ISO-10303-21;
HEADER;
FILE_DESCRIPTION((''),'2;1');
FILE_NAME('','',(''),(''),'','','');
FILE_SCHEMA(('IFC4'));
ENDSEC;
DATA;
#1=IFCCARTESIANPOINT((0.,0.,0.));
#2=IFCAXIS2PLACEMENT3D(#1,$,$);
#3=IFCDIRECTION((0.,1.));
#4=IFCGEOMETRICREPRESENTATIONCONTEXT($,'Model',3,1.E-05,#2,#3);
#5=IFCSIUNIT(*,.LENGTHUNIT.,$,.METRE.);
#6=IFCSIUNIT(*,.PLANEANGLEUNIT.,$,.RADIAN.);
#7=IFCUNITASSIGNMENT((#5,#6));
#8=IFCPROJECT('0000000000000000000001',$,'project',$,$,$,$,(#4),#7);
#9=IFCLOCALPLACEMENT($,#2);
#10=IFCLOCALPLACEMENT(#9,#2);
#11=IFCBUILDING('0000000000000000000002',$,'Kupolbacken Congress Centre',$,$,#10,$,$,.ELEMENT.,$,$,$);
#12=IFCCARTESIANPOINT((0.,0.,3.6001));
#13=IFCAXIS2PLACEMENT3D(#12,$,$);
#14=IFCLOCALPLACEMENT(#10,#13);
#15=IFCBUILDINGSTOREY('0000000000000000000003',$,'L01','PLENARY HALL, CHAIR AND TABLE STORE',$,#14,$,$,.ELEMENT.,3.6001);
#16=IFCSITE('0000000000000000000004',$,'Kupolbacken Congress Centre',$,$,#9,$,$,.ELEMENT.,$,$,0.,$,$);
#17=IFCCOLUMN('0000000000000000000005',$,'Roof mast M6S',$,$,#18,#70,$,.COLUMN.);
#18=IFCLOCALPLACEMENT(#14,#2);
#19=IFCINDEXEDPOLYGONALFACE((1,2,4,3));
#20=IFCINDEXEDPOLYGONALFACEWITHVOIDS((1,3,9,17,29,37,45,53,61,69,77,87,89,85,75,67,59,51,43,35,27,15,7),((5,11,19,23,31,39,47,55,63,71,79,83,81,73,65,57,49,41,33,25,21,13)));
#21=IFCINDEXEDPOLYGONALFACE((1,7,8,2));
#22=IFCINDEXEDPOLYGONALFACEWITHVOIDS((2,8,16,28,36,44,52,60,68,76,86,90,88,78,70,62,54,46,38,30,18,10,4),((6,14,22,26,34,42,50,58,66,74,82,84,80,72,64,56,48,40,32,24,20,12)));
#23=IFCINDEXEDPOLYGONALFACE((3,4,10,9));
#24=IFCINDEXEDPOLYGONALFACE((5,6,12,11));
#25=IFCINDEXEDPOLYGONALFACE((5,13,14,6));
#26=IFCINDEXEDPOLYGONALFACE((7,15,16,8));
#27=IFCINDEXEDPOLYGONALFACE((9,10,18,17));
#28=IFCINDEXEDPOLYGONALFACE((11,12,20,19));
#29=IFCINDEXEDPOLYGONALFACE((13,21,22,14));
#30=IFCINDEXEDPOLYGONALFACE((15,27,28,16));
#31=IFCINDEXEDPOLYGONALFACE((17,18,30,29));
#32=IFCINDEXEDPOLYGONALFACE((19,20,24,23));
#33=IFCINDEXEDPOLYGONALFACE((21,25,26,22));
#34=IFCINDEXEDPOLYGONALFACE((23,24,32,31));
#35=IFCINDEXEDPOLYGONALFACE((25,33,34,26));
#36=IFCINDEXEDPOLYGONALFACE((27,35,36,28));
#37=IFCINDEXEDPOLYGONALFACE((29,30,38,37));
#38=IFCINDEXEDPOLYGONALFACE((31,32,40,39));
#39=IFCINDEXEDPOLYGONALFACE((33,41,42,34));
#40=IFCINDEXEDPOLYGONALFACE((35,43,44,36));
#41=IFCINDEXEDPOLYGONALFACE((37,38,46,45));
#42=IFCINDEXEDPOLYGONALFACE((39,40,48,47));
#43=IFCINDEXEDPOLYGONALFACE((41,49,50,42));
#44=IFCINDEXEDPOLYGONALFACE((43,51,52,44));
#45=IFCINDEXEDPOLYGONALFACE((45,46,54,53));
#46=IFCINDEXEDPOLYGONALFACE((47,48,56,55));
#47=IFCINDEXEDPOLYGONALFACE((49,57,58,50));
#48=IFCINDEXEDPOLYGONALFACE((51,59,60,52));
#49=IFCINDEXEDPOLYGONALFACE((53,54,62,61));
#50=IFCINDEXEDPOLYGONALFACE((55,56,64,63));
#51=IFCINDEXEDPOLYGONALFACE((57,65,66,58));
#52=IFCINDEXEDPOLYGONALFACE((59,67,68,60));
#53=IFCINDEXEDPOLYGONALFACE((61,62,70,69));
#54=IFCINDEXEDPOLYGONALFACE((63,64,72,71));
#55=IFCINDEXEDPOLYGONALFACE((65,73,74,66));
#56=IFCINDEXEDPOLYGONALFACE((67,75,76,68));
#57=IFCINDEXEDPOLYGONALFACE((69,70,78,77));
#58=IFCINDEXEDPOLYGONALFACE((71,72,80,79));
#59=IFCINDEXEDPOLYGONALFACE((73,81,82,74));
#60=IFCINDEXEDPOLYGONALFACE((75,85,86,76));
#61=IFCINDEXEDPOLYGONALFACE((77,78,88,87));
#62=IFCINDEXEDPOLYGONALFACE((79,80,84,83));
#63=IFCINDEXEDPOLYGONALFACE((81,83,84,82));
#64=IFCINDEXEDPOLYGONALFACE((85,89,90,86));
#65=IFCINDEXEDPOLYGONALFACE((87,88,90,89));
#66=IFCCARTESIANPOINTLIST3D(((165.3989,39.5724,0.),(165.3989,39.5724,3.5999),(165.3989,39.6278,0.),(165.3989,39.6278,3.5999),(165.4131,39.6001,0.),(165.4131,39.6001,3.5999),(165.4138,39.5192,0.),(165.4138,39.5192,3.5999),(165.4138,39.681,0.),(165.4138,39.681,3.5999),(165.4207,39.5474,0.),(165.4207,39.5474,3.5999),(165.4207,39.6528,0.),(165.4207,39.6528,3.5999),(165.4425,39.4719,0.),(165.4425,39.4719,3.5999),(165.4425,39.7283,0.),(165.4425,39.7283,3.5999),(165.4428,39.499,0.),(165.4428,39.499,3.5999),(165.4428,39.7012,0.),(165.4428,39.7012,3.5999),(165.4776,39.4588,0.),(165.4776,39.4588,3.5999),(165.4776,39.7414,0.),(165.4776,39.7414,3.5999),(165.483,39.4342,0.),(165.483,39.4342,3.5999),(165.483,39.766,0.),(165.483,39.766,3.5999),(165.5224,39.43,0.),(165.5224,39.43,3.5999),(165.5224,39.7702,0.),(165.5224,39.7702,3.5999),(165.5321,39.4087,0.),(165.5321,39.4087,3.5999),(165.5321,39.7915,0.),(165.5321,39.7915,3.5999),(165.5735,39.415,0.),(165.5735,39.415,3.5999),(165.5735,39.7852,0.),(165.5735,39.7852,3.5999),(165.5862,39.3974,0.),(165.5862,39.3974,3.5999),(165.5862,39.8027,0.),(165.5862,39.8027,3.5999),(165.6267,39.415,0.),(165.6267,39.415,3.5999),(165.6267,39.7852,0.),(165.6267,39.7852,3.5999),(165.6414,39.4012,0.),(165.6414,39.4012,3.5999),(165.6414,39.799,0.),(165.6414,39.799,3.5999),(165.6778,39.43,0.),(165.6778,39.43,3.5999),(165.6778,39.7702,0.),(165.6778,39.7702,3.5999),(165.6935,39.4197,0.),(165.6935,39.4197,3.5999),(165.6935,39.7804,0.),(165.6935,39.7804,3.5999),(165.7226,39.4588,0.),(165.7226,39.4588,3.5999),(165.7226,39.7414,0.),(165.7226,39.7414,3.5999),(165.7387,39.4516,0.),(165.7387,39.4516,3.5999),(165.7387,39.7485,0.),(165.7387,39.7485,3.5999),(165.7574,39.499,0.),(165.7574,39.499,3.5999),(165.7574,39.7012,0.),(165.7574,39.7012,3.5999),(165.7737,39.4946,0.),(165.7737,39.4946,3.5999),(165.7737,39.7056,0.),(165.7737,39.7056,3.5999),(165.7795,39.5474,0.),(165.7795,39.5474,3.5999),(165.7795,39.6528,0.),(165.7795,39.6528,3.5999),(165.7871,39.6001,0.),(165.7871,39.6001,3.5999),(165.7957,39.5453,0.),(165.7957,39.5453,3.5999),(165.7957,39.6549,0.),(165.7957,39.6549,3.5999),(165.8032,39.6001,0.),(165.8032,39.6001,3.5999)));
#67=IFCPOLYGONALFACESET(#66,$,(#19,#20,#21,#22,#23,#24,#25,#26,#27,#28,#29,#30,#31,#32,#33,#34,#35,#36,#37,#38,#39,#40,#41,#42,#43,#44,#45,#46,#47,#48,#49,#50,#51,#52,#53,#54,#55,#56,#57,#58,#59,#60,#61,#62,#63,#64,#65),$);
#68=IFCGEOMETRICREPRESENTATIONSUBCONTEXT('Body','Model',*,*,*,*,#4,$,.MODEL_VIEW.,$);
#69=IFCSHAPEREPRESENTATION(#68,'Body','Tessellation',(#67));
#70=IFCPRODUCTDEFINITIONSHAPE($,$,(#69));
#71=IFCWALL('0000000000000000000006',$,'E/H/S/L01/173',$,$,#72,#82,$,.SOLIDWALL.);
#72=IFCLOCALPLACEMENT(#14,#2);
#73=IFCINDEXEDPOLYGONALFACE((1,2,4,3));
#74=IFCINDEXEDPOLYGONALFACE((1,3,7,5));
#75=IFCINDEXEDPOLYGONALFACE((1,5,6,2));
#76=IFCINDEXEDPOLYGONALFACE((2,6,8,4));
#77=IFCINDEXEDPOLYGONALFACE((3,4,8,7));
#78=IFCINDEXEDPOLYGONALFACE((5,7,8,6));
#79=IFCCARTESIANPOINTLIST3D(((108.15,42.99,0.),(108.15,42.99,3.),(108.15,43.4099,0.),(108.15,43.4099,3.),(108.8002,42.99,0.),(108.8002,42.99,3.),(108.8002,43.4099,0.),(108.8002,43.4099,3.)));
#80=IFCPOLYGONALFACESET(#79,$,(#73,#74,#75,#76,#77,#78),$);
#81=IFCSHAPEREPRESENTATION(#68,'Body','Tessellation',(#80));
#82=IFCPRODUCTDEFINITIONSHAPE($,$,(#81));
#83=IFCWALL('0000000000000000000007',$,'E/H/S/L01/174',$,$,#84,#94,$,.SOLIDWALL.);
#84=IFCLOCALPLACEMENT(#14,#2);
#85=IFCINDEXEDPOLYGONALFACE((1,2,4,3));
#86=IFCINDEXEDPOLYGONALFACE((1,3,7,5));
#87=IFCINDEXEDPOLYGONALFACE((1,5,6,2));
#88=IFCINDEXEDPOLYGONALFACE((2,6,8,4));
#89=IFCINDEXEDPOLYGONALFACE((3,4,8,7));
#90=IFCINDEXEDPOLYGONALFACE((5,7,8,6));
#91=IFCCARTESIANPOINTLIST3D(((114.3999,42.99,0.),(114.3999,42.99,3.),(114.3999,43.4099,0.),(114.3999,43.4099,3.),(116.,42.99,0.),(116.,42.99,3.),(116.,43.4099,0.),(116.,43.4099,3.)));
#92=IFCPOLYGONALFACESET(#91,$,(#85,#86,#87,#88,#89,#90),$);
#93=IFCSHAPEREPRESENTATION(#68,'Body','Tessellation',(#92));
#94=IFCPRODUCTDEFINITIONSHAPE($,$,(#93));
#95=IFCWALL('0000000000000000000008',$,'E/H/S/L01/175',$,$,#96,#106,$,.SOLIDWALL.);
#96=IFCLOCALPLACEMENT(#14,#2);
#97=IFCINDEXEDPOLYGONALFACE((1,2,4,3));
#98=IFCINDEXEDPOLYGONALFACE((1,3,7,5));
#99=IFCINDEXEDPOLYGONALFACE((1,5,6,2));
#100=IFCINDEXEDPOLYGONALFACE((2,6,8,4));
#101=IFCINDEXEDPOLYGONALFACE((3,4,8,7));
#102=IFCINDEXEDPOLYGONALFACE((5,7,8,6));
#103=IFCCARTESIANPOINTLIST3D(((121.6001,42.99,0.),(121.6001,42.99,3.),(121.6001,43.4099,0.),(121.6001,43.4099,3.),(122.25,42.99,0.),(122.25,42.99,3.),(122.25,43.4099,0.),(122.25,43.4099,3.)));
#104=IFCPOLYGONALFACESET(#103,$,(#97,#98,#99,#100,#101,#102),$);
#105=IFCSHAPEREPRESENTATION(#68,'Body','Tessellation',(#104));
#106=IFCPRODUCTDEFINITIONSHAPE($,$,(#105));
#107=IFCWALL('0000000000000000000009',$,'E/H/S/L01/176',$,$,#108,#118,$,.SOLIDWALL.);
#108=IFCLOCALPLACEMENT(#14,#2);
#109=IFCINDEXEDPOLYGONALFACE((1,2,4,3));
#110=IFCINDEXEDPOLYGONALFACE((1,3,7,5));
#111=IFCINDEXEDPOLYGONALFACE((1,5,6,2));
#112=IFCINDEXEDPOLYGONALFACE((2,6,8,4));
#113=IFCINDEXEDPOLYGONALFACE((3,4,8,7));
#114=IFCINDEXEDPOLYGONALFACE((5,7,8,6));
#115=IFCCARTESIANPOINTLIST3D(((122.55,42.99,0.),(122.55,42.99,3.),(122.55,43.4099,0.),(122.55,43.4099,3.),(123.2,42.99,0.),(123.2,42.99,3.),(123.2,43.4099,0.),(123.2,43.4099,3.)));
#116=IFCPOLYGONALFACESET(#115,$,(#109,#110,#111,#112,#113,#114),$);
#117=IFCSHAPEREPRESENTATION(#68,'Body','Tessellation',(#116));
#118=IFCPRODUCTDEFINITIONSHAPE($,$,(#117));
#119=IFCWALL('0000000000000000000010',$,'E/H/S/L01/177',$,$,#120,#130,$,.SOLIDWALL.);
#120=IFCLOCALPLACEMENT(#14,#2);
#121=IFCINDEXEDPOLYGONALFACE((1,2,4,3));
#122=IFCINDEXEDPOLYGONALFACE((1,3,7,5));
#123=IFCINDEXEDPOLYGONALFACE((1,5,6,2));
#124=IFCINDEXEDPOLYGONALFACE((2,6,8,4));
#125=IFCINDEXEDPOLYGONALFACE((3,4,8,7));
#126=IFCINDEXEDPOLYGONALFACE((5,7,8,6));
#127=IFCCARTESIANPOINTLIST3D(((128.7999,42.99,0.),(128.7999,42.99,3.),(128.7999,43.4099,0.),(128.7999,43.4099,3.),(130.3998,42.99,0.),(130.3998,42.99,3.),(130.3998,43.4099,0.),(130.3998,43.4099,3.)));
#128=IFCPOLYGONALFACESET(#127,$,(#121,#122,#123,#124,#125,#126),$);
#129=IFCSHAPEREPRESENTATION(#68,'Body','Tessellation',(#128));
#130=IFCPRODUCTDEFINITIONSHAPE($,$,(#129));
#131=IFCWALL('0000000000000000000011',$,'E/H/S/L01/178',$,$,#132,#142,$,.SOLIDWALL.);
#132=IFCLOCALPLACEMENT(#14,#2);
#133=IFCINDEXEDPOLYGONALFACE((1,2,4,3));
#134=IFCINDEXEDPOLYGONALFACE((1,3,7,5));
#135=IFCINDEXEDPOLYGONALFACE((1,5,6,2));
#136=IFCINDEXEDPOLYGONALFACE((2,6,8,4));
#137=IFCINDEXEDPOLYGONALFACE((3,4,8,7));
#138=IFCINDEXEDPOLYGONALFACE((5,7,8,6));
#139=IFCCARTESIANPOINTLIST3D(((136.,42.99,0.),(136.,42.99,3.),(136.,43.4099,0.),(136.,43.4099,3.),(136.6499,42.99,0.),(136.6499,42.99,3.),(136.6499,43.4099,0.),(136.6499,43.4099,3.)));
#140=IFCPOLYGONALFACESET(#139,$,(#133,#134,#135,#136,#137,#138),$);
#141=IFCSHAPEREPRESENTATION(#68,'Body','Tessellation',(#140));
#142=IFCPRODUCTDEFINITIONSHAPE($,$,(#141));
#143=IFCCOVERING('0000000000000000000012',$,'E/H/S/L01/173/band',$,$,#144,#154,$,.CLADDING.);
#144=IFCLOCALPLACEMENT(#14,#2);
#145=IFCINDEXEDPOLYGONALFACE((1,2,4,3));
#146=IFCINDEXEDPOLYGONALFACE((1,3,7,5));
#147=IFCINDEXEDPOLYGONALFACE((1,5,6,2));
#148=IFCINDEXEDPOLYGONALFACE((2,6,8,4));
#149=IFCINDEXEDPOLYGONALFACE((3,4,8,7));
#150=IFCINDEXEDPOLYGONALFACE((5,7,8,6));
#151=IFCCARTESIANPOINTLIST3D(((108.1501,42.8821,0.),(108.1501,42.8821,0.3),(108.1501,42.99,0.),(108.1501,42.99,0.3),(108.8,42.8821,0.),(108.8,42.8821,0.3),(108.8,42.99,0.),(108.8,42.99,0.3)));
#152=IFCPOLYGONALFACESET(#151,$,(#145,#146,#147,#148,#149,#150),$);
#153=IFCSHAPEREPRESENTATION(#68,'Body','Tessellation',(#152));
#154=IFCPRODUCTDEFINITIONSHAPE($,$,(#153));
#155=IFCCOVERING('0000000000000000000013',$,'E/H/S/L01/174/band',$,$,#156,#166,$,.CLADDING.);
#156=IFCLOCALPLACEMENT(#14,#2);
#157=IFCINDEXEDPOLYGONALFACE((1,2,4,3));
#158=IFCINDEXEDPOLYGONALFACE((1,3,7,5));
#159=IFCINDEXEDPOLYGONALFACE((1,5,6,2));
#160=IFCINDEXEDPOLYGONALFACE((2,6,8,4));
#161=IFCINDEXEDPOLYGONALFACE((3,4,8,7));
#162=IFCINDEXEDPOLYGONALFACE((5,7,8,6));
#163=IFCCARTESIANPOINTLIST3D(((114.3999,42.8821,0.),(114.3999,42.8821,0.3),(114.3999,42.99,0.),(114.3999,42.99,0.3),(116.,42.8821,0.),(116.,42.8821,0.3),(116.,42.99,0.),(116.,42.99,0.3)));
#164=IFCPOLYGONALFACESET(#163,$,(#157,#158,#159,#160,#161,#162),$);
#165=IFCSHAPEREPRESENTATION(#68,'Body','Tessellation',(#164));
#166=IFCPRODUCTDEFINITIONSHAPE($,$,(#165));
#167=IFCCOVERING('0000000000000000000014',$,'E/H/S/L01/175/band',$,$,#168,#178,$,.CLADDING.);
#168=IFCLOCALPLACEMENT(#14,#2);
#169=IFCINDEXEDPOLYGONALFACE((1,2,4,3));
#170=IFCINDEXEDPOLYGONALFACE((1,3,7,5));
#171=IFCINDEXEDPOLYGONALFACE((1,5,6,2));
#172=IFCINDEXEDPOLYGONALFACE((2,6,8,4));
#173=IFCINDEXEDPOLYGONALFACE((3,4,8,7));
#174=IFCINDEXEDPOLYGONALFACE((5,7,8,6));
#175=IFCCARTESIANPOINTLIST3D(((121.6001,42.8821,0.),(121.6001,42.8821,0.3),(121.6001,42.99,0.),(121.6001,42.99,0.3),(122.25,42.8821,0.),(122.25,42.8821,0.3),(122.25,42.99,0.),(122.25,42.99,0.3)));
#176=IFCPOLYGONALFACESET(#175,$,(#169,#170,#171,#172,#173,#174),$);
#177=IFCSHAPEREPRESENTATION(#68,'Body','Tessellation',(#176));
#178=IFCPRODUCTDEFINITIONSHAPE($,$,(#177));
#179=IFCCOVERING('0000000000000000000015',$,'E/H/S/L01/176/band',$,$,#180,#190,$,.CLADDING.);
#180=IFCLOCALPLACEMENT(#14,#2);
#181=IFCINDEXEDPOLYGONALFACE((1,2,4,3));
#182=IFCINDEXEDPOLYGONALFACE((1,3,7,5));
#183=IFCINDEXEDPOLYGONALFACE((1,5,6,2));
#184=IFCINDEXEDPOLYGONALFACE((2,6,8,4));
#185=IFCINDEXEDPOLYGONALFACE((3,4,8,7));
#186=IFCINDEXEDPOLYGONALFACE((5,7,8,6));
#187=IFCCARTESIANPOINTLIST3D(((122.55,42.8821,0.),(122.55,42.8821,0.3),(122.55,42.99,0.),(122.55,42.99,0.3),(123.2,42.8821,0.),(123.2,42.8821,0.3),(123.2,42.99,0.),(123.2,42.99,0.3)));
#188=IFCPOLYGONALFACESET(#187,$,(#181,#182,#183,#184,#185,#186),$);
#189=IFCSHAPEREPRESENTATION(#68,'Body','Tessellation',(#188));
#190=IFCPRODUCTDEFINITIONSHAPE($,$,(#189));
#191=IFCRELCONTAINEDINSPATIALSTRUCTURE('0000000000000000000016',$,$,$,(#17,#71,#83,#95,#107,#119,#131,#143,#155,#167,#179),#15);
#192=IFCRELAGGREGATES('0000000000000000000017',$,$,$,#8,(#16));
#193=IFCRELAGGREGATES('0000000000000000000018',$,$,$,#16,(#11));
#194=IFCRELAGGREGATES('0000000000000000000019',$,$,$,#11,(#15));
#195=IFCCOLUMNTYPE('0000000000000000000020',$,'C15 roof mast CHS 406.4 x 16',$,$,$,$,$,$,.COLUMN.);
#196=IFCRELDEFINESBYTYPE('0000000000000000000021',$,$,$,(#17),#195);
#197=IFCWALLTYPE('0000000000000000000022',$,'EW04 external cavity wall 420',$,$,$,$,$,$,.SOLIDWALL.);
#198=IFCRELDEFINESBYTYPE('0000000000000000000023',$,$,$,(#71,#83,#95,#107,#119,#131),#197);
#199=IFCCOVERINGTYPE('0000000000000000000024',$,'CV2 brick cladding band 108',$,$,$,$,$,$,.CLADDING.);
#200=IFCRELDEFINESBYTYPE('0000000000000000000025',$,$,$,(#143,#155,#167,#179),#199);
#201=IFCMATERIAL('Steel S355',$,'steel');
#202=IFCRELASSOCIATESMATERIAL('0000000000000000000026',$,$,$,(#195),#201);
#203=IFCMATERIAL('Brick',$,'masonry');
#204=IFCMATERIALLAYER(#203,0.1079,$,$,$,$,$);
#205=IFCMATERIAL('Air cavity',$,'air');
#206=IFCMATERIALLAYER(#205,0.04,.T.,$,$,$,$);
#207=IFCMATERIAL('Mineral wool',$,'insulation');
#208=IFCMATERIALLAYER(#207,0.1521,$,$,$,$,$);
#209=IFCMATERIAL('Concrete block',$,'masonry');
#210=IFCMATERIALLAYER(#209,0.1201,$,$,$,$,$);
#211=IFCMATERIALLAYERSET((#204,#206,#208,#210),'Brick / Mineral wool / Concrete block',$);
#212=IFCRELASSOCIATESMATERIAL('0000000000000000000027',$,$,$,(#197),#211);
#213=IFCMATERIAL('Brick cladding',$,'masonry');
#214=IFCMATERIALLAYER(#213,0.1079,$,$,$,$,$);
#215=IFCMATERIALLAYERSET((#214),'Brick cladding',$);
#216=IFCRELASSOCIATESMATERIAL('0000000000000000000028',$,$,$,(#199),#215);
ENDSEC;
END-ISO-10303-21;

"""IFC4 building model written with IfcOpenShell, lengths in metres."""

from ifc_helpers import new_model, si_unit, direction, frame, frame_2d, origin, origin_2d, place, context, subcontext, project, spatial, rectangle, hollow_circle, extrude, material, layer, layer_set, material_profile, profile_set, type_object, element, save


model = new_model("IFC4")

# Units and contexts
model_context = context("Model", 3, precision=1e-05, world=origin(), true_north=direction((0.0, 1.0)))
body_context = subcontext(model_context, "Body", "Model", "MODEL_VIEW")
ifc_project = project(units=[si_unit("LENGTHUNIT", "METRE"), si_unit("PLANEANGLEUNIT", "RADIAN")], contexts=[model_context])

# Site, building, storey
site_placement = place(None, origin())
site = spatial("IfcSite", under=ifc_project, at=site_placement, Name="Kupolbacken Congress Centre", CompositionType="ELEMENT", RefElevation=0.0)
building_placement = place(site_placement, origin())
building = spatial("IfcBuilding", under=site, at=building_placement, Name="Kupolbacken Congress Centre", CompositionType="ELEMENT")
storey_placement = place(building_placement, frame((0.0, 0.0, 3.6001)))
storey = spatial("IfcBuildingStorey", under=building, at=storey_placement, Name="L01", Description="PLENARY HALL, CHAIR AND TABLE STORE", CompositionType="ELEMENT", Elevation=3.6001)

# Column
ifc_material_1 = material(Name="Steel S355", Category="steel")
ifc_material_profile_1 = material_profile(ifc_material_1, hollow_circle(Radius=0.2031, WallThickness=0.0161, at=origin_2d()), Name="CHS 406.4 x 16")
ifc_profile_set_1 = profile_set([ifc_material_profile_1], Name="Steel S355")
column_type_1 = type_object("IfcColumnType", Name="C15 roof mast CHS 406.4 x 16", PredefinedType="COLUMN", material=ifc_profile_set_1)
for number, where, z_axis, x_axis, name in (
    (1, (165.6001, 39.6001, 0.0), (0.0, 0.0, 1.0), (1.0, 0.0, 0.0), "Roof mast M6S"),
):
    element("IfcColumn", number, at=place(storey_placement, frame(where, z_axis=z_axis, x_axis=x_axis)), inside=storey, type_object=column_type_1, Name=name, PredefinedType="COLUMN", context=body_context, shape_type="SweptSolid", body=[
        extrude(hollow_circle(Radius=0.2031, WallThickness=0.0161, at=origin_2d()), origin(), (0.0, 0.0, 1.0), 3.5999),
    ])

# Walls
ifc_material_2 = material(Name="Brick", Category="masonry")
ifc_layer_1 = layer(ifc_material_2, 0.1079)
ifc_material_3 = material(Name="Air cavity", Category="air")
ifc_layer_2 = layer(ifc_material_3, 0.04, ventilated=True)
ifc_material_4 = material(Name="Mineral wool", Category="insulation")
ifc_layer_3 = layer(ifc_material_4, 0.1521)
ifc_material_5 = material(Name="Concrete block", Category="masonry")
ifc_layer_4 = layer(ifc_material_5, 0.1201)
ifc_layer_set_1 = layer_set([ifc_layer_1, ifc_layer_2, ifc_layer_3, ifc_layer_4], Name="Brick / Mineral wool / Concrete block")
wall_type = type_object("IfcWallType", Name="EW04 external cavity wall 420", PredefinedType="SOLIDWALL", material=ifc_layer_set_1)
wall_1_placement = place(storey_placement, frame((108.1499, 43.2, 0.0), z_axis=(0.0, 0.0, 1.0), x_axis=(1.0, 0.0, 0.0)))
element("IfcWall", 2, at=wall_1_placement, inside=storey, type_object=wall_type, Name="E/H/S/L01/173", PredefinedType="SOLIDWALL", context=body_context, shape_type="SweptSolid", body=[
    extrude(rectangle(XDim=0.6501, YDim=0.4199, at=frame_2d((0.3252, 0.0))), origin(), (0.0, 0.0, 1.0), 3.0),
])
wall_2_placement = place(storey_placement, frame((114.3999, 43.2, 0.0), z_axis=(0.0, 0.0, 1.0), x_axis=(1.0, 0.0, 0.0)))
element("IfcWall", 3, at=wall_2_placement, inside=storey, type_object=wall_type, Name="E/H/S/L01/174", PredefinedType="SOLIDWALL", context=body_context, shape_type="SweptSolid", body=[
    extrude(rectangle(XDim=1.6001, YDim=0.4199, at=frame_2d((0.8, 0.0))), origin(), (0.0, 0.0, 1.0), 3.0),
])
for number, where, z_axis, x_axis, name in (
    (4, (121.6001, 43.2, 0.0), (0.0, 0.0, 1.0), (1.0, 0.0, 0.0), "E/H/S/L01/175"),
    (5, (122.55, 43.2, 0.0), (0.0, 0.0, 1.0), (1.0, 0.0, 0.0), "E/H/S/L01/176"),
):
    element("IfcWall", number, at=place(storey_placement, frame(where, z_axis=z_axis, x_axis=x_axis)), inside=storey, type_object=wall_type, Name=name, PredefinedType="SOLIDWALL", context=body_context, shape_type="SweptSolid", body=[
        extrude(rectangle(XDim=0.6499, YDim=0.4199, at=frame_2d((0.325, 0.0))), origin(), (0.0, 0.0, 1.0), 3.0),
    ])
wall_3_placement = place(storey_placement, frame((128.8, 43.2, 0.0), z_axis=(0.0, 0.0, 1.0), x_axis=(1.0, 0.0, 0.0)))
element("IfcWall", 6, at=wall_3_placement, inside=storey, type_object=wall_type, Name="E/H/S/L01/177", PredefinedType="SOLIDWALL", context=body_context, shape_type="SweptSolid", body=[
    extrude(rectangle(XDim=1.5999, YDim=0.4199, at=frame_2d((0.7998, 0.0))), origin(), (0.0, 0.0, 1.0), 3.0),
])
wall_4_placement = place(storey_placement, frame((136.0, 43.2, 0.0), z_axis=(0.0, 0.0, 1.0), x_axis=(1.0, 0.0, 0.0)))
element("IfcWall", 7, at=wall_4_placement, inside=storey, type_object=wall_type, Name="E/H/S/L01/178", PredefinedType="SOLIDWALL", context=body_context, shape_type="SweptSolid", body=[
    extrude(rectangle(XDim=0.6499, YDim=0.4199, at=frame_2d((0.325, 0.0))), origin(), (0.0, 0.0, 1.0), 3.0),
])

# Coverings
ifc_material_6 = material(Name="Brick cladding", Category="masonry")
ifc_layer_5 = layer(ifc_material_6, 0.1079)
ifc_layer_set_2 = layer_set([ifc_layer_5], Name="Brick cladding")
covering_type_1 = type_object("IfcCoveringType", Name="CV2 brick cladding band 108", PredefinedType="CLADDING", material=ifc_layer_set_2)
covering_1_placement = place(storey_placement, frame((108.4751, 42.936, 0.0), z_axis=(0.0, 0.0, 1.0), x_axis=(1.0, 0.0, 0.0)))
element("IfcCovering", 8, at=covering_1_placement, inside=storey, type_object=covering_type_1, Name="E/H/S/L01/173/band", PredefinedType="CLADDING", context=body_context, shape_type="SweptSolid", body=[
    extrude(rectangle(XDim=0.6499, YDim=0.1079, at=origin_2d()), origin(), (0.0, 0.0, 1.0), 0.3),
])
covering_2_placement = place(storey_placement, frame((115.2, 42.936, 0.0), z_axis=(0.0, 0.0, 1.0), x_axis=(1.0, 0.0, 0.0)))
element("IfcCovering", 9, at=covering_2_placement, inside=storey, type_object=covering_type_1, Name="E/H/S/L01/174/band", PredefinedType="CLADDING", context=body_context, shape_type="SweptSolid", body=[
    extrude(rectangle(XDim=1.6001, YDim=0.1079, at=origin_2d()), origin(), (0.0, 0.0, 1.0), 0.3),
])
for number, where, z_axis, x_axis, name in (
    (10, (121.925, 42.936, 0.0), (0.0, 0.0, 1.0), (1.0, 0.0, 0.0), "E/H/S/L01/175/band"),
    (11, (122.875, 42.936, 0.0), (0.0, 0.0, 1.0), (1.0, 0.0, 0.0), "E/H/S/L01/176/band"),
):
    element("IfcCovering", number, at=place(storey_placement, frame(where, z_axis=z_axis, x_axis=x_axis)), inside=storey, type_object=covering_type_1, Name=name, PredefinedType="CLADDING", context=body_context, shape_type="SweptSolid", body=[
        extrude(rectangle(XDim=0.6499, YDim=0.1079, at=origin_2d()), origin(), (0.0, 0.0, 1.0), 0.3),
    ])

save(model, "model.ifc")
